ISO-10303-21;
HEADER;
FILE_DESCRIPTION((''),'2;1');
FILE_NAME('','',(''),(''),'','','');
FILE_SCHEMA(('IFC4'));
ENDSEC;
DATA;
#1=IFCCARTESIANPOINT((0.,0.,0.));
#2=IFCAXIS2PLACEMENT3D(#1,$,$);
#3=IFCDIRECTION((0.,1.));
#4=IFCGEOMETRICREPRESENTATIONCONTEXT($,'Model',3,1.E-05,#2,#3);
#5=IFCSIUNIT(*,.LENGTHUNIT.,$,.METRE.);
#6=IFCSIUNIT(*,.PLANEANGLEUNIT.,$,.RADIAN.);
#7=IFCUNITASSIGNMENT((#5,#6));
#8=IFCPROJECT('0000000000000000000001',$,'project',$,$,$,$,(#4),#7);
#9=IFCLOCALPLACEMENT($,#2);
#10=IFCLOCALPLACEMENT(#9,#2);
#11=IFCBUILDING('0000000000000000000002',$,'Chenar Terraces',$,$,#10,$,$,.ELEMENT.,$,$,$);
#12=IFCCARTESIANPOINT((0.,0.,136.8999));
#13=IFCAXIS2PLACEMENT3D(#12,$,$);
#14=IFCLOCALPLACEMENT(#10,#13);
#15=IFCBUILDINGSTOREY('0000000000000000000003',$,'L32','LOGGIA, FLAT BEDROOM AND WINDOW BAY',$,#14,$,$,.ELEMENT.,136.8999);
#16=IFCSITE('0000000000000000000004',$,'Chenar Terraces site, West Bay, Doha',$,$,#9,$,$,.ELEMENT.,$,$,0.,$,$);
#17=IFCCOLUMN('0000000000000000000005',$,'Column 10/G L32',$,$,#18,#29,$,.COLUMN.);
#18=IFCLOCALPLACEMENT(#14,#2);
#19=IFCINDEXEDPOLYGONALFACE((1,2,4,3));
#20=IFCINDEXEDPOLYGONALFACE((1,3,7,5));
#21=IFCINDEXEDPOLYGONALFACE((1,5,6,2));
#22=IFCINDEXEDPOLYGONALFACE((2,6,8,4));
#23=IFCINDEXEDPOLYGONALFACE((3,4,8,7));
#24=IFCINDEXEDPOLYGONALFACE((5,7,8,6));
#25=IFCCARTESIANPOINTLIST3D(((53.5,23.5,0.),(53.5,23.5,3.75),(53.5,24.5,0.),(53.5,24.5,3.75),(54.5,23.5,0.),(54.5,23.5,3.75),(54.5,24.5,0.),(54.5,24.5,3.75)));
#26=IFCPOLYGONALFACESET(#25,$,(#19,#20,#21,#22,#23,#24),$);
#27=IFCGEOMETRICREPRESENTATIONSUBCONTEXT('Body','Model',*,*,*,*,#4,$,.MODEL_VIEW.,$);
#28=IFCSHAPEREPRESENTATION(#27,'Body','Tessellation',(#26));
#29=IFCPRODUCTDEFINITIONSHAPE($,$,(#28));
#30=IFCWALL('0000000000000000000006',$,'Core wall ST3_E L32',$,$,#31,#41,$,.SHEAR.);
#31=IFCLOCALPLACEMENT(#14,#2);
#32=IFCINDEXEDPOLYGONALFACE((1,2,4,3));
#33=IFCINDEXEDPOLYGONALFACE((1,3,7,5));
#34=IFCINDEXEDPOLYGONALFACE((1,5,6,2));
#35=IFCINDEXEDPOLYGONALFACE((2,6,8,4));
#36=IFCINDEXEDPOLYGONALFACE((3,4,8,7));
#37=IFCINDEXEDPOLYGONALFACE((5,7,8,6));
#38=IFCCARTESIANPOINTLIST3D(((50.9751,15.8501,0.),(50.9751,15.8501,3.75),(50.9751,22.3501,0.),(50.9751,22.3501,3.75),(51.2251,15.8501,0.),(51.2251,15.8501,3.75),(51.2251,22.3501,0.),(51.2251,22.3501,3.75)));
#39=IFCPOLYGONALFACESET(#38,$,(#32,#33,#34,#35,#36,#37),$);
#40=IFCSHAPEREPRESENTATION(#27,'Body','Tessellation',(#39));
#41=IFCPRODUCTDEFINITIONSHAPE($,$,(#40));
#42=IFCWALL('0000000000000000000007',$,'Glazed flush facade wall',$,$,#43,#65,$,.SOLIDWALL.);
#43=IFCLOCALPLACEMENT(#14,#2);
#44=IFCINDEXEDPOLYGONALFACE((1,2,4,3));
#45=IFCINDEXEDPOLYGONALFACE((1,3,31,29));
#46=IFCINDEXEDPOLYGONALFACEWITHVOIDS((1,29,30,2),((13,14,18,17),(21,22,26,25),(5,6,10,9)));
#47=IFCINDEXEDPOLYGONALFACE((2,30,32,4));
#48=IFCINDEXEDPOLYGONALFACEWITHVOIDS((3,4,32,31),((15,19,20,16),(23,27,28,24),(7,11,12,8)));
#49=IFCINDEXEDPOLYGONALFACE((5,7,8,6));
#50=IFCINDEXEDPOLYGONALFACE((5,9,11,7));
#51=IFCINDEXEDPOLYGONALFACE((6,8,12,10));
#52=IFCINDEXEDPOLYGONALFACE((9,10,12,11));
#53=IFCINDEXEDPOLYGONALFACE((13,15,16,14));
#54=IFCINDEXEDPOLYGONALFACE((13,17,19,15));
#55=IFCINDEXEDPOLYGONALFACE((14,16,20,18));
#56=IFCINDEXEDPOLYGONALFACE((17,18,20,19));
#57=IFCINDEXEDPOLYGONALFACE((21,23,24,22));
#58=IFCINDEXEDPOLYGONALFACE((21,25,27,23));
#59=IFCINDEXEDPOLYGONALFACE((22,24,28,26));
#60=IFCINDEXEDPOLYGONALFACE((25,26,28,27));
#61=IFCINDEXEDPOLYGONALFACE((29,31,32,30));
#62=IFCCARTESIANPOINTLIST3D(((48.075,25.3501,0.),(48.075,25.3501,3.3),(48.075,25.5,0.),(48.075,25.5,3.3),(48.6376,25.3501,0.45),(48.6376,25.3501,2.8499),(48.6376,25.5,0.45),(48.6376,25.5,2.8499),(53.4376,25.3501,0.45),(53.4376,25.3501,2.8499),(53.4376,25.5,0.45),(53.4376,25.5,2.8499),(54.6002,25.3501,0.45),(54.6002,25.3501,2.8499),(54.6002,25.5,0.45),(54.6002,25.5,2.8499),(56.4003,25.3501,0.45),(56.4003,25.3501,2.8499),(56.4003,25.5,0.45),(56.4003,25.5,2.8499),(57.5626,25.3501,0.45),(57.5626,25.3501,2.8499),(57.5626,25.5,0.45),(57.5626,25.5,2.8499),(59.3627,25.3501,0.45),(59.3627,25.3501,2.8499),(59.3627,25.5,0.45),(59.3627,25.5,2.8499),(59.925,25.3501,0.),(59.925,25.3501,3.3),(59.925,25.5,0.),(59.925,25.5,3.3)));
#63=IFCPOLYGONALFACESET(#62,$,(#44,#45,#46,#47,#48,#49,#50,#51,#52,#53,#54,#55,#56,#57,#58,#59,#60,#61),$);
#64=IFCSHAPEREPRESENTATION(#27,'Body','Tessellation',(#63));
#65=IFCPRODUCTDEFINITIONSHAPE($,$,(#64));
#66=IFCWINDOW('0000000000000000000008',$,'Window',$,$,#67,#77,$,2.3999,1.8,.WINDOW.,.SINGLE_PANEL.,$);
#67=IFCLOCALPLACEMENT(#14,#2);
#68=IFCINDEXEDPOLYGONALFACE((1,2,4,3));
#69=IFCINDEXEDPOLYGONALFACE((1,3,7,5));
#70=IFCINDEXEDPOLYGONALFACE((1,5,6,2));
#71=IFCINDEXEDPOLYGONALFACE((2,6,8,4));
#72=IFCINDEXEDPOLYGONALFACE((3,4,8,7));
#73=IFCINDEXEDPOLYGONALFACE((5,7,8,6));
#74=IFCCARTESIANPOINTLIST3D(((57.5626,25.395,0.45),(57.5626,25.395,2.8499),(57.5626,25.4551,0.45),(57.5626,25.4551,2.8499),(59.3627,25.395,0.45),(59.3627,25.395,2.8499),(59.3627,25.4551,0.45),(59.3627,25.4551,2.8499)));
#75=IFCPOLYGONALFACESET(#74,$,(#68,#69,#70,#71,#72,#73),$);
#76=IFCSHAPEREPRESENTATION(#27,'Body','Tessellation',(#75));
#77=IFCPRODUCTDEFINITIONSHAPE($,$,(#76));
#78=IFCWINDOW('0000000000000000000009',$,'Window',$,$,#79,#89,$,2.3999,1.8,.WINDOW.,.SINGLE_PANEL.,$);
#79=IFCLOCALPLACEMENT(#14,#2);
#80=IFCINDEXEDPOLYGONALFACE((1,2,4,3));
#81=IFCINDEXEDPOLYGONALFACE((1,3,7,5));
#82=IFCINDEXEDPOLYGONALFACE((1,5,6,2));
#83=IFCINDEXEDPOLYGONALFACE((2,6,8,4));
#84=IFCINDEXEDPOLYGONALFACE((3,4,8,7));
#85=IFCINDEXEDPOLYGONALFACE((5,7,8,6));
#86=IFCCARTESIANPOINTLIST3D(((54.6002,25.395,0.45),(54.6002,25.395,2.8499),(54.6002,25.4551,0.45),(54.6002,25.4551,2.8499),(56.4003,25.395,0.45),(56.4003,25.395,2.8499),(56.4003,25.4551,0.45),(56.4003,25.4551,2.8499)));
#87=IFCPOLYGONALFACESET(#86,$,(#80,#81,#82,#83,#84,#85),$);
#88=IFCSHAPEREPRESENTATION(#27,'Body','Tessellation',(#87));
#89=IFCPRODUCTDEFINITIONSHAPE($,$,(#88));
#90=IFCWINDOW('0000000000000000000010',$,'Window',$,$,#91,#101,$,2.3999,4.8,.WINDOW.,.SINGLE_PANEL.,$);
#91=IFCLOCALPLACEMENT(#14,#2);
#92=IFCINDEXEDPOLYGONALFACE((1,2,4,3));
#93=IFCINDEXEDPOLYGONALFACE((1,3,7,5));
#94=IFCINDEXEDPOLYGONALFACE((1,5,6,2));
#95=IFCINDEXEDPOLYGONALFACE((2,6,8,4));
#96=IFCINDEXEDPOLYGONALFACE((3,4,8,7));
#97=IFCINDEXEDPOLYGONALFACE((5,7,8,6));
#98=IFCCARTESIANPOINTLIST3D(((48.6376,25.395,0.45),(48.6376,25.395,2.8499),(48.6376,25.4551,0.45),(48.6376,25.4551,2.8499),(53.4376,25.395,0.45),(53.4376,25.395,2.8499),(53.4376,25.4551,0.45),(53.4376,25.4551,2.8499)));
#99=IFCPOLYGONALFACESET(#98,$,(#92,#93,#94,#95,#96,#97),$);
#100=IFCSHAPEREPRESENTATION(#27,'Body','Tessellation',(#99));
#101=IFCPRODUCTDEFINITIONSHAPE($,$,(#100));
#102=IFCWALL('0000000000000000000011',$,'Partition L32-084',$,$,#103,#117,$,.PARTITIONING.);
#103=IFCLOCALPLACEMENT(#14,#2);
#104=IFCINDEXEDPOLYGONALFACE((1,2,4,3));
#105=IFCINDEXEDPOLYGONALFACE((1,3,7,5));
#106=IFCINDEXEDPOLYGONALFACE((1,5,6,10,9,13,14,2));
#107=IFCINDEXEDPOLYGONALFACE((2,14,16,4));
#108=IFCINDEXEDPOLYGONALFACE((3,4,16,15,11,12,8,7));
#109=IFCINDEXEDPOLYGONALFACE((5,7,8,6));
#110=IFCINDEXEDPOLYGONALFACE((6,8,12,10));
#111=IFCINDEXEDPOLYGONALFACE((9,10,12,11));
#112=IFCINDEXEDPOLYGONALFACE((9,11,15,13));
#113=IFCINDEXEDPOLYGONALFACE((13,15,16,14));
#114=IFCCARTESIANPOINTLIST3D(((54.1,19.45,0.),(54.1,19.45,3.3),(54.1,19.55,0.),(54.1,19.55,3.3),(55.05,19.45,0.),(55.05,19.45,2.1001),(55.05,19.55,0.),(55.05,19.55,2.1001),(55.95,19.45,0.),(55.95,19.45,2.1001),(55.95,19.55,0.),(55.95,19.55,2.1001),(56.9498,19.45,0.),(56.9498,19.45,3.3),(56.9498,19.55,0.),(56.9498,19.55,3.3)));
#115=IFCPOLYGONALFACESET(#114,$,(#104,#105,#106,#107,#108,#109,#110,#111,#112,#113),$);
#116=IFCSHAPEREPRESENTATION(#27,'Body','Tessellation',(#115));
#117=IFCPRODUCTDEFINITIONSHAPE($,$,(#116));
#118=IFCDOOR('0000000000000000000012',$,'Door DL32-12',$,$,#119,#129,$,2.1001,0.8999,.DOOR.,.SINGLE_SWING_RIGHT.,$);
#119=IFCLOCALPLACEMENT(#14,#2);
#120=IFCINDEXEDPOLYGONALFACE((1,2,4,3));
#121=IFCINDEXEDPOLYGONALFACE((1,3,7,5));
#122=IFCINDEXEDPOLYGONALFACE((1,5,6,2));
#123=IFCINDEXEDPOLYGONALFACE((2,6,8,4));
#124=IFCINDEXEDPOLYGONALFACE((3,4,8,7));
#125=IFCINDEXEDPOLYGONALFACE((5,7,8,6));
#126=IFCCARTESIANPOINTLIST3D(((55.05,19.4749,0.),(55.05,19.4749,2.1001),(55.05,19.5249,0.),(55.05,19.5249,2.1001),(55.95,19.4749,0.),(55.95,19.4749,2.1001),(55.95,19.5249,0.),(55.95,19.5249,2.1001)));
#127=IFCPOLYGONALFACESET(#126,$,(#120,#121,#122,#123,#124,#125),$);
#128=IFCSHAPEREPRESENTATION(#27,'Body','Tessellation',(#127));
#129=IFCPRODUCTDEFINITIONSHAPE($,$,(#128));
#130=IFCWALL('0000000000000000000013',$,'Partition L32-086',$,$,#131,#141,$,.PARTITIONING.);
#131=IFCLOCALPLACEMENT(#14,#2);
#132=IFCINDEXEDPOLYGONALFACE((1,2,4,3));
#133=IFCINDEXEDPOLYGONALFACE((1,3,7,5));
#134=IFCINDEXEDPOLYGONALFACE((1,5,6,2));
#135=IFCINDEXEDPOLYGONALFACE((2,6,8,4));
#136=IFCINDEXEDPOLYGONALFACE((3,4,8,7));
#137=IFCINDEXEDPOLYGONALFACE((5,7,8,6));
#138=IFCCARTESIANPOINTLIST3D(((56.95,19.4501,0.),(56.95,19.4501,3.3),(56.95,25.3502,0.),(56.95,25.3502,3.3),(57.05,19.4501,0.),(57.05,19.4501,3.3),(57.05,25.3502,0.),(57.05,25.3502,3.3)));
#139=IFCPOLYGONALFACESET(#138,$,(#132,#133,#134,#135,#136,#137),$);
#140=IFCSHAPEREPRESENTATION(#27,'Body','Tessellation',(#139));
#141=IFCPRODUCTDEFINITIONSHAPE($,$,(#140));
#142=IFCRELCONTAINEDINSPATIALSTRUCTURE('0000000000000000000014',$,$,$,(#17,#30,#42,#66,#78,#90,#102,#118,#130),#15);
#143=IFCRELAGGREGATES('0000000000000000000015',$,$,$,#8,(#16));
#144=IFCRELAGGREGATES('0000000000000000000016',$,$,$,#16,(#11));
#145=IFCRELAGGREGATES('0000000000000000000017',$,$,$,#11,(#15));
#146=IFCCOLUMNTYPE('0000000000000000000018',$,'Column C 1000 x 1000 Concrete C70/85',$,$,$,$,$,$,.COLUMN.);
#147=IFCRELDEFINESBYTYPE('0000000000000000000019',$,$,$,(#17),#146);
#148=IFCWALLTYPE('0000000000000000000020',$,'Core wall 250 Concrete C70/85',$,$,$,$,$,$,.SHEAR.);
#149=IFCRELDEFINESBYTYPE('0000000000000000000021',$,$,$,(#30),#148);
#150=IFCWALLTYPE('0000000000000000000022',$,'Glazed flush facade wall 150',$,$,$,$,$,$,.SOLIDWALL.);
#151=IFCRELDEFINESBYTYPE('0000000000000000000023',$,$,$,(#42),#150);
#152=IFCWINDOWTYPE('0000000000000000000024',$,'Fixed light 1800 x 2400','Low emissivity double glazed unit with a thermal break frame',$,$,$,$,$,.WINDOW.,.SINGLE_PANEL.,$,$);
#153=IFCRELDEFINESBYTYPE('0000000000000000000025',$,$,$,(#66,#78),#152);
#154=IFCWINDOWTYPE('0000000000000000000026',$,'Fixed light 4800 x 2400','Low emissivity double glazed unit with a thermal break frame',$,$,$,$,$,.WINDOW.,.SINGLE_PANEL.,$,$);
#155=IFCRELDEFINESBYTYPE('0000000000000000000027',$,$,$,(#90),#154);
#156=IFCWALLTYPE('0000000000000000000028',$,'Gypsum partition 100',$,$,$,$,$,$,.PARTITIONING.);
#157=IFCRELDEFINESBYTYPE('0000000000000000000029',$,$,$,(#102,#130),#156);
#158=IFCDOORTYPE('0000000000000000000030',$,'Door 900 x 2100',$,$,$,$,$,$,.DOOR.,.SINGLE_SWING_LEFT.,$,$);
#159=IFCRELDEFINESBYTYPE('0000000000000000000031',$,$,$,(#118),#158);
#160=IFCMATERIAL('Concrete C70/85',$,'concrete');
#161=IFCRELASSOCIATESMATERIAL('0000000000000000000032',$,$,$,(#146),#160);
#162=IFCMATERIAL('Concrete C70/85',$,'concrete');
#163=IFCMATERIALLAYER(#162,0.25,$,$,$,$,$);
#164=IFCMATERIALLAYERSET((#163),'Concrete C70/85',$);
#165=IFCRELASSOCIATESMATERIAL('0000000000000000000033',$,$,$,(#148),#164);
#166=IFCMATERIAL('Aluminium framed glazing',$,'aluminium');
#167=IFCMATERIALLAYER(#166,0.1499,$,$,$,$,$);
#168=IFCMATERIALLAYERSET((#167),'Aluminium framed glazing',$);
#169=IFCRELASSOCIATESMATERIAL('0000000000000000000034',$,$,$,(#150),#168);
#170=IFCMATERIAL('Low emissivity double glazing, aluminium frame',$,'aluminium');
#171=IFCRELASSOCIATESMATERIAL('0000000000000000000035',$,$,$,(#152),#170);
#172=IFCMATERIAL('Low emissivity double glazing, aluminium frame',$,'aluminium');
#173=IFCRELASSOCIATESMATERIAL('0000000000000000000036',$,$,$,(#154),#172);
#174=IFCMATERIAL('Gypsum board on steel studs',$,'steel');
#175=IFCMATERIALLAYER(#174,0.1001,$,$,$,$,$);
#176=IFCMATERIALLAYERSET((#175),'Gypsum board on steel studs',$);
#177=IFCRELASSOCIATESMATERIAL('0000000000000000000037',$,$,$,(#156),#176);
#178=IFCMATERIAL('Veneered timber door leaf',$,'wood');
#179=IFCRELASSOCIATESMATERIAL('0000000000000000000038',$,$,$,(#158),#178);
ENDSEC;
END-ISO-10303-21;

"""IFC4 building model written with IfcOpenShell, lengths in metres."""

from ifc_helpers import new_model, si_unit, direction, frame, frame_2d, origin, origin_2d, place, context, subcontext, project, spatial, rectangle, extrude, material, layer, layer_set, material_profile, profile_set, type_object, element, fill, save


model = new_model("IFC4")

# Units and contexts
model_context = context("Model", 3, precision=1e-05, world=origin(), true_north=direction((0.0, 1.0)))
body_context = subcontext(model_context, "Body", "Model", "MODEL_VIEW")
ifc_project = project(units=[si_unit("LENGTHUNIT", "METRE"), si_unit("PLANEANGLEUNIT", "RADIAN")], contexts=[model_context])

# Site, building, storey
site_placement = place(None, origin())
site = spatial("IfcSite", under=ifc_project, at=site_placement, Name="Chenar Terraces site, West Bay, Doha", CompositionType="ELEMENT", RefElevation=0.0)
building_placement = place(site_placement, origin())
building = spatial("IfcBuilding", under=site, at=building_placement, Name="Chenar Terraces", CompositionType="ELEMENT")
storey_placement = place(building_placement, frame((0.0, 0.0, 136.8999)))
storey = spatial("IfcBuildingStorey", under=building, at=storey_placement, Name="L32", Description="LOGGIA, FLAT BEDROOM AND WINDOW BAY", CompositionType="ELEMENT", Elevation=136.8999)

# Column
ifc_material_1 = material(Name="Concrete C70/85", Category="concrete")
ifc_material_profile = material_profile(ifc_material_1, rectangle(XDim=1.0, YDim=1.0, at=origin_2d()), Name="C 1000 x 1000")
ifc_profile_set = profile_set([ifc_material_profile], Name="Concrete C70/85")
column_type = type_object("IfcColumnType", Name="Column C 1000 x 1000 Concrete C70/85", PredefinedType="COLUMN", material=ifc_profile_set)
column_placement = place(storey_placement, frame((54.0, 24.0, 0.0), z_axis=(0.0, 0.0, 1.0), x_axis=(1.0, 0.0, 0.0)))
element("IfcColumn", 1, at=column_placement, inside=storey, type_object=column_type, Name="Column 10/G L32", PredefinedType="COLUMN", context=body_context, shape_type="SweptSolid", body=[
    extrude(rectangle(XDim=1.0, YDim=1.0, at=origin_2d()), origin(), (0.0, 0.0, 1.0), 3.75),
])

# Wall
ifc_material_2 = material(Name="Concrete C70/85", Category="concrete")
ifc_layer_1 = layer(ifc_material_2, 0.25)
ifc_layer_set_1 = layer_set([ifc_layer_1], Name="Concrete C70/85")
wall_type_1 = type_object("IfcWallType", Name="Core wall 250 Concrete C70/85", PredefinedType="SHEAR", material=ifc_layer_set_1)
wall_1_placement = place(storey_placement, frame((51.1001, 15.8501, 0.0), z_axis=(0.0, 0.0, 1.0), x_axis=(0.0, 1.0, 0.0)))
element("IfcWall", 2, at=wall_1_placement, inside=storey, type_object=wall_type_1, Name="Core wall ST3_E L32", PredefinedType="SHEAR", context=body_context, shape_type="SweptSolid", body=[
    extrude(rectangle(XDim=6.5, YDim=0.25, at=frame_2d((3.25, 0.0))), origin(), (0.0, 0.0, 1.0), 3.75),
])

# Wall, openings, windows
ifc_material_3 = material(Name="Aluminium framed glazing", Category="aluminium")
ifc_layer_2 = layer(ifc_material_3, 0.1499)
ifc_layer_set_2 = layer_set([ifc_layer_2], Name="Aluminium framed glazing")
wall_type_2 = type_object("IfcWallType", Name="Glazed flush facade wall 150", PredefinedType="SOLIDWALL", material=ifc_layer_set_2)
wall_2_placement = place(storey_placement, frame((59.925, 25.425, 0.0), z_axis=(0.0, 0.0, 1.0), x_axis=(-1.0, 0.0, 0.0)))
wall_2 = element("IfcWall", 3, at=wall_2_placement, inside=storey, type_object=wall_type_2, Name="Glazed flush facade wall", PredefinedType="SOLIDWALL", context=body_context, shape_type="SweptSolid", body=[
    extrude(rectangle(XDim=11.8501, YDim=0.1499, at=frame_2d((5.925, 0.0))), origin(), (0.0, 0.0, 1.0), 3.3),
])
opening_1_placement = place(wall_2_placement, frame((0.5625, 0.0, 0.45)))
opening_1 = element("IfcOpeningElement", 4, at=opening_1_placement, cuts=wall_2, PredefinedType="OPENING", context=body_context, shape_type="SweptSolid", body=[
    extrude(rectangle(XDim=1.8, YDim=2.3999, at=frame_2d((0.8999, 1.2))), frame((0.0, 0.085, 0.0), z_axis=(0.0, -1.0, 0.0), x_axis=(1.0, 0.0, 0.0)), (0.0, 0.0, 1.0), 0.1699),
])
opening_2_placement = place(wall_2_placement, frame((3.5249, 0.0, 0.45)))
opening_2 = element("IfcOpeningElement", 5, at=opening_2_placement, cuts=wall_2, PredefinedType="OPENING", context=body_context, shape_type="SweptSolid", body=[
    extrude(rectangle(XDim=1.8, YDim=2.3999, at=frame_2d((0.8999, 1.2))), frame((0.0, 0.085, 0.0), z_axis=(0.0, -1.0, 0.0), x_axis=(1.0, 0.0, 0.0)), (0.0, 0.0, 1.0), 0.1699),
])
opening_3_placement = place(wall_2_placement, frame((6.4875, 0.0, 0.45)))
opening_3 = element("IfcOpeningElement", 6, at=opening_3_placement, cuts=wall_2, PredefinedType="OPENING", context=body_context, shape_type="SweptSolid", body=[
    extrude(rectangle(XDim=4.8, YDim=2.3999, at=frame_2d((2.3999, 1.2))), frame((0.0, 0.085, 0.0), z_axis=(0.0, -1.0, 0.0), x_axis=(1.0, 0.0, 0.0)), (0.0, 0.0, 1.0), 0.1699),
])
ifc_material_4 = material(Name="Low emissivity double glazing, aluminium frame", Category="aluminium")
window_type_1 = type_object("IfcWindowType", Name="Fixed light 1800 x 2400", Description="Low emissivity double glazed unit with a thermal break frame", PartitioningType="SINGLE_PANEL", PredefinedType="WINDOW", material=ifc_material_4)
window_1_placement = place(opening_1_placement, origin())
window_1 = element("IfcWindow", 7, at=window_1_placement, inside=storey, type_object=window_type_1, Name="Window", OverallHeight=2.3999, OverallWidth=1.8, PartitioningType="SINGLE_PANEL", PredefinedType="WINDOW", context=body_context, shape_type="SweptSolid", body=[
    extrude(rectangle(XDim=1.8, YDim=2.3999, at=frame_2d((0.8999, 1.2))), frame((0.0, 0.03, 0.0), z_axis=(0.0, -1.0, 0.0), x_axis=(1.0, 0.0, 0.0)), (0.0, 0.0, 1.0), 0.0601),
])
fill(opening_1, window_1)
window_2_placement = place(opening_2_placement, origin())
window_2 = element("IfcWindow", 8, at=window_2_placement, inside=storey, type_object=window_type_1, Name="Window", OverallHeight=2.3999, OverallWidth=1.8, PartitioningType="SINGLE_PANEL", PredefinedType="WINDOW", context=body_context, shape_type="SweptSolid", body=[
    extrude(rectangle(XDim=1.8, YDim=2.3999, at=frame_2d((0.8999, 1.2))), frame((0.0, 0.03, 0.0), z_axis=(0.0, -1.0, 0.0), x_axis=(1.0, 0.0, 0.0)), (0.0, 0.0, 1.0), 0.0601),
])
fill(opening_2, window_2)
ifc_material_5 = material(Name="Low emissivity double glazing, aluminium frame", Category="aluminium")
window_type_2 = type_object("IfcWindowType", Name="Fixed light 4800 x 2400", Description="Low emissivity double glazed unit with a thermal break frame", PartitioningType="SINGLE_PANEL", PredefinedType="WINDOW", material=ifc_material_5)
window_3_placement = place(opening_3_placement, origin())
window_3 = element("IfcWindow", 9, at=window_3_placement, inside=storey, type_object=window_type_2, Name="Window", OverallHeight=2.3999, OverallWidth=4.8, PartitioningType="SINGLE_PANEL", PredefinedType="WINDOW", context=body_context, shape_type="SweptSolid", body=[
    extrude(rectangle(XDim=4.8, YDim=2.3999, at=frame_2d((2.3999, 1.2))), frame((0.0, 0.03, 0.0), z_axis=(0.0, -1.0, 0.0), x_axis=(1.0, 0.0, 0.0)), (0.0, 0.0, 1.0), 0.0601),
])
fill(opening_3, window_3)

# Wall, opening, door
ifc_material_6 = material(Name="Gypsum board on steel studs", Category="steel")
ifc_layer_3 = layer(ifc_material_6, 0.1001)
ifc_layer_set_3 = layer_set([ifc_layer_3], Name="Gypsum board on steel studs")
wall_type_3 = type_object("IfcWallType", Name="Gypsum partition 100", PredefinedType="PARTITIONING", material=ifc_layer_set_3)
wall_3_placement = place(storey_placement, frame((54.1001, 19.5, 0.0), z_axis=(0.0, 0.0, 1.0), x_axis=(1.0, 0.0, 0.0)))
wall_3 = element("IfcWall", 10, at=wall_3_placement, inside=storey, type_object=wall_type_3, Name="Partition L32-084", PredefinedType="PARTITIONING", context=body_context, shape_type="SweptSolid", body=[
    extrude(rectangle(XDim=2.8499, YDim=0.1001, at=frame_2d((1.4248, 0.0))), origin(), (0.0, 0.0, 1.0), 3.3),
])
opening_4_placement = place(wall_3_placement, frame((0.95, 0.0, 0.0)))
opening_4 = element("IfcOpeningElement", 11, at=opening_4_placement, cuts=wall_3, PredefinedType="OPENING", context=body_context, shape_type="SweptSolid", body=[
    extrude(rectangle(XDim=0.8999, YDim=2.1001, at=frame_2d((0.45, 1.05))), frame((0.0, 0.0601, 0.0), z_axis=(0.0, -1.0, 0.0), x_axis=(1.0, 0.0, 0.0)), (0.0, 0.0, 1.0), 0.1201),
])
ifc_material_7 = material(Name="Veneered timber door leaf", Category="wood")
door_type_1 = type_object("IfcDoorType", Name="Door 900 x 2100", OperationType="SINGLE_SWING_LEFT", PredefinedType="DOOR", material=ifc_material_7)
door_1_placement = place(opening_4_placement, origin())
door_1 = element("IfcDoor", 12, at=door_1_placement, inside=storey, type_object=door_type_1, Name="Door DL32-12", OperationType="SINGLE_SWING_RIGHT", OverallHeight=2.1001, OverallWidth=0.8999, PredefinedType="DOOR", context=body_context, shape_type="SweptSolid", body=[
    extrude(rectangle(XDim=0.8999, YDim=2.1001, at=frame_2d((0.45, 1.05))), frame((0.0, 0.0249, 0.0), z_axis=(0.0, -1.0, 0.0), x_axis=(1.0, 0.0, 0.0)), (0.0, 0.0, 1.0), 0.05),
])
fill(opening_4, door_1)

# Wall
wall_4_placement = place(storey_placement, frame((57.0, 19.45, 0.0), z_axis=(0.0, 0.0, 1.0), x_axis=(0.0, 1.0, 0.0)))
element("IfcWall", 13, at=wall_4_placement, inside=storey, type_object=wall_type_3, Name="Partition L32-086", PredefinedType="PARTITIONING", context=body_context, shape_type="SweptSolid", body=[
    extrude(rectangle(XDim=5.9001, YDim=0.1001, at=frame_2d((2.9502, 0.0))), origin(), (0.0, 0.0, 1.0), 3.3),
])

save(model, "model.ifc")
